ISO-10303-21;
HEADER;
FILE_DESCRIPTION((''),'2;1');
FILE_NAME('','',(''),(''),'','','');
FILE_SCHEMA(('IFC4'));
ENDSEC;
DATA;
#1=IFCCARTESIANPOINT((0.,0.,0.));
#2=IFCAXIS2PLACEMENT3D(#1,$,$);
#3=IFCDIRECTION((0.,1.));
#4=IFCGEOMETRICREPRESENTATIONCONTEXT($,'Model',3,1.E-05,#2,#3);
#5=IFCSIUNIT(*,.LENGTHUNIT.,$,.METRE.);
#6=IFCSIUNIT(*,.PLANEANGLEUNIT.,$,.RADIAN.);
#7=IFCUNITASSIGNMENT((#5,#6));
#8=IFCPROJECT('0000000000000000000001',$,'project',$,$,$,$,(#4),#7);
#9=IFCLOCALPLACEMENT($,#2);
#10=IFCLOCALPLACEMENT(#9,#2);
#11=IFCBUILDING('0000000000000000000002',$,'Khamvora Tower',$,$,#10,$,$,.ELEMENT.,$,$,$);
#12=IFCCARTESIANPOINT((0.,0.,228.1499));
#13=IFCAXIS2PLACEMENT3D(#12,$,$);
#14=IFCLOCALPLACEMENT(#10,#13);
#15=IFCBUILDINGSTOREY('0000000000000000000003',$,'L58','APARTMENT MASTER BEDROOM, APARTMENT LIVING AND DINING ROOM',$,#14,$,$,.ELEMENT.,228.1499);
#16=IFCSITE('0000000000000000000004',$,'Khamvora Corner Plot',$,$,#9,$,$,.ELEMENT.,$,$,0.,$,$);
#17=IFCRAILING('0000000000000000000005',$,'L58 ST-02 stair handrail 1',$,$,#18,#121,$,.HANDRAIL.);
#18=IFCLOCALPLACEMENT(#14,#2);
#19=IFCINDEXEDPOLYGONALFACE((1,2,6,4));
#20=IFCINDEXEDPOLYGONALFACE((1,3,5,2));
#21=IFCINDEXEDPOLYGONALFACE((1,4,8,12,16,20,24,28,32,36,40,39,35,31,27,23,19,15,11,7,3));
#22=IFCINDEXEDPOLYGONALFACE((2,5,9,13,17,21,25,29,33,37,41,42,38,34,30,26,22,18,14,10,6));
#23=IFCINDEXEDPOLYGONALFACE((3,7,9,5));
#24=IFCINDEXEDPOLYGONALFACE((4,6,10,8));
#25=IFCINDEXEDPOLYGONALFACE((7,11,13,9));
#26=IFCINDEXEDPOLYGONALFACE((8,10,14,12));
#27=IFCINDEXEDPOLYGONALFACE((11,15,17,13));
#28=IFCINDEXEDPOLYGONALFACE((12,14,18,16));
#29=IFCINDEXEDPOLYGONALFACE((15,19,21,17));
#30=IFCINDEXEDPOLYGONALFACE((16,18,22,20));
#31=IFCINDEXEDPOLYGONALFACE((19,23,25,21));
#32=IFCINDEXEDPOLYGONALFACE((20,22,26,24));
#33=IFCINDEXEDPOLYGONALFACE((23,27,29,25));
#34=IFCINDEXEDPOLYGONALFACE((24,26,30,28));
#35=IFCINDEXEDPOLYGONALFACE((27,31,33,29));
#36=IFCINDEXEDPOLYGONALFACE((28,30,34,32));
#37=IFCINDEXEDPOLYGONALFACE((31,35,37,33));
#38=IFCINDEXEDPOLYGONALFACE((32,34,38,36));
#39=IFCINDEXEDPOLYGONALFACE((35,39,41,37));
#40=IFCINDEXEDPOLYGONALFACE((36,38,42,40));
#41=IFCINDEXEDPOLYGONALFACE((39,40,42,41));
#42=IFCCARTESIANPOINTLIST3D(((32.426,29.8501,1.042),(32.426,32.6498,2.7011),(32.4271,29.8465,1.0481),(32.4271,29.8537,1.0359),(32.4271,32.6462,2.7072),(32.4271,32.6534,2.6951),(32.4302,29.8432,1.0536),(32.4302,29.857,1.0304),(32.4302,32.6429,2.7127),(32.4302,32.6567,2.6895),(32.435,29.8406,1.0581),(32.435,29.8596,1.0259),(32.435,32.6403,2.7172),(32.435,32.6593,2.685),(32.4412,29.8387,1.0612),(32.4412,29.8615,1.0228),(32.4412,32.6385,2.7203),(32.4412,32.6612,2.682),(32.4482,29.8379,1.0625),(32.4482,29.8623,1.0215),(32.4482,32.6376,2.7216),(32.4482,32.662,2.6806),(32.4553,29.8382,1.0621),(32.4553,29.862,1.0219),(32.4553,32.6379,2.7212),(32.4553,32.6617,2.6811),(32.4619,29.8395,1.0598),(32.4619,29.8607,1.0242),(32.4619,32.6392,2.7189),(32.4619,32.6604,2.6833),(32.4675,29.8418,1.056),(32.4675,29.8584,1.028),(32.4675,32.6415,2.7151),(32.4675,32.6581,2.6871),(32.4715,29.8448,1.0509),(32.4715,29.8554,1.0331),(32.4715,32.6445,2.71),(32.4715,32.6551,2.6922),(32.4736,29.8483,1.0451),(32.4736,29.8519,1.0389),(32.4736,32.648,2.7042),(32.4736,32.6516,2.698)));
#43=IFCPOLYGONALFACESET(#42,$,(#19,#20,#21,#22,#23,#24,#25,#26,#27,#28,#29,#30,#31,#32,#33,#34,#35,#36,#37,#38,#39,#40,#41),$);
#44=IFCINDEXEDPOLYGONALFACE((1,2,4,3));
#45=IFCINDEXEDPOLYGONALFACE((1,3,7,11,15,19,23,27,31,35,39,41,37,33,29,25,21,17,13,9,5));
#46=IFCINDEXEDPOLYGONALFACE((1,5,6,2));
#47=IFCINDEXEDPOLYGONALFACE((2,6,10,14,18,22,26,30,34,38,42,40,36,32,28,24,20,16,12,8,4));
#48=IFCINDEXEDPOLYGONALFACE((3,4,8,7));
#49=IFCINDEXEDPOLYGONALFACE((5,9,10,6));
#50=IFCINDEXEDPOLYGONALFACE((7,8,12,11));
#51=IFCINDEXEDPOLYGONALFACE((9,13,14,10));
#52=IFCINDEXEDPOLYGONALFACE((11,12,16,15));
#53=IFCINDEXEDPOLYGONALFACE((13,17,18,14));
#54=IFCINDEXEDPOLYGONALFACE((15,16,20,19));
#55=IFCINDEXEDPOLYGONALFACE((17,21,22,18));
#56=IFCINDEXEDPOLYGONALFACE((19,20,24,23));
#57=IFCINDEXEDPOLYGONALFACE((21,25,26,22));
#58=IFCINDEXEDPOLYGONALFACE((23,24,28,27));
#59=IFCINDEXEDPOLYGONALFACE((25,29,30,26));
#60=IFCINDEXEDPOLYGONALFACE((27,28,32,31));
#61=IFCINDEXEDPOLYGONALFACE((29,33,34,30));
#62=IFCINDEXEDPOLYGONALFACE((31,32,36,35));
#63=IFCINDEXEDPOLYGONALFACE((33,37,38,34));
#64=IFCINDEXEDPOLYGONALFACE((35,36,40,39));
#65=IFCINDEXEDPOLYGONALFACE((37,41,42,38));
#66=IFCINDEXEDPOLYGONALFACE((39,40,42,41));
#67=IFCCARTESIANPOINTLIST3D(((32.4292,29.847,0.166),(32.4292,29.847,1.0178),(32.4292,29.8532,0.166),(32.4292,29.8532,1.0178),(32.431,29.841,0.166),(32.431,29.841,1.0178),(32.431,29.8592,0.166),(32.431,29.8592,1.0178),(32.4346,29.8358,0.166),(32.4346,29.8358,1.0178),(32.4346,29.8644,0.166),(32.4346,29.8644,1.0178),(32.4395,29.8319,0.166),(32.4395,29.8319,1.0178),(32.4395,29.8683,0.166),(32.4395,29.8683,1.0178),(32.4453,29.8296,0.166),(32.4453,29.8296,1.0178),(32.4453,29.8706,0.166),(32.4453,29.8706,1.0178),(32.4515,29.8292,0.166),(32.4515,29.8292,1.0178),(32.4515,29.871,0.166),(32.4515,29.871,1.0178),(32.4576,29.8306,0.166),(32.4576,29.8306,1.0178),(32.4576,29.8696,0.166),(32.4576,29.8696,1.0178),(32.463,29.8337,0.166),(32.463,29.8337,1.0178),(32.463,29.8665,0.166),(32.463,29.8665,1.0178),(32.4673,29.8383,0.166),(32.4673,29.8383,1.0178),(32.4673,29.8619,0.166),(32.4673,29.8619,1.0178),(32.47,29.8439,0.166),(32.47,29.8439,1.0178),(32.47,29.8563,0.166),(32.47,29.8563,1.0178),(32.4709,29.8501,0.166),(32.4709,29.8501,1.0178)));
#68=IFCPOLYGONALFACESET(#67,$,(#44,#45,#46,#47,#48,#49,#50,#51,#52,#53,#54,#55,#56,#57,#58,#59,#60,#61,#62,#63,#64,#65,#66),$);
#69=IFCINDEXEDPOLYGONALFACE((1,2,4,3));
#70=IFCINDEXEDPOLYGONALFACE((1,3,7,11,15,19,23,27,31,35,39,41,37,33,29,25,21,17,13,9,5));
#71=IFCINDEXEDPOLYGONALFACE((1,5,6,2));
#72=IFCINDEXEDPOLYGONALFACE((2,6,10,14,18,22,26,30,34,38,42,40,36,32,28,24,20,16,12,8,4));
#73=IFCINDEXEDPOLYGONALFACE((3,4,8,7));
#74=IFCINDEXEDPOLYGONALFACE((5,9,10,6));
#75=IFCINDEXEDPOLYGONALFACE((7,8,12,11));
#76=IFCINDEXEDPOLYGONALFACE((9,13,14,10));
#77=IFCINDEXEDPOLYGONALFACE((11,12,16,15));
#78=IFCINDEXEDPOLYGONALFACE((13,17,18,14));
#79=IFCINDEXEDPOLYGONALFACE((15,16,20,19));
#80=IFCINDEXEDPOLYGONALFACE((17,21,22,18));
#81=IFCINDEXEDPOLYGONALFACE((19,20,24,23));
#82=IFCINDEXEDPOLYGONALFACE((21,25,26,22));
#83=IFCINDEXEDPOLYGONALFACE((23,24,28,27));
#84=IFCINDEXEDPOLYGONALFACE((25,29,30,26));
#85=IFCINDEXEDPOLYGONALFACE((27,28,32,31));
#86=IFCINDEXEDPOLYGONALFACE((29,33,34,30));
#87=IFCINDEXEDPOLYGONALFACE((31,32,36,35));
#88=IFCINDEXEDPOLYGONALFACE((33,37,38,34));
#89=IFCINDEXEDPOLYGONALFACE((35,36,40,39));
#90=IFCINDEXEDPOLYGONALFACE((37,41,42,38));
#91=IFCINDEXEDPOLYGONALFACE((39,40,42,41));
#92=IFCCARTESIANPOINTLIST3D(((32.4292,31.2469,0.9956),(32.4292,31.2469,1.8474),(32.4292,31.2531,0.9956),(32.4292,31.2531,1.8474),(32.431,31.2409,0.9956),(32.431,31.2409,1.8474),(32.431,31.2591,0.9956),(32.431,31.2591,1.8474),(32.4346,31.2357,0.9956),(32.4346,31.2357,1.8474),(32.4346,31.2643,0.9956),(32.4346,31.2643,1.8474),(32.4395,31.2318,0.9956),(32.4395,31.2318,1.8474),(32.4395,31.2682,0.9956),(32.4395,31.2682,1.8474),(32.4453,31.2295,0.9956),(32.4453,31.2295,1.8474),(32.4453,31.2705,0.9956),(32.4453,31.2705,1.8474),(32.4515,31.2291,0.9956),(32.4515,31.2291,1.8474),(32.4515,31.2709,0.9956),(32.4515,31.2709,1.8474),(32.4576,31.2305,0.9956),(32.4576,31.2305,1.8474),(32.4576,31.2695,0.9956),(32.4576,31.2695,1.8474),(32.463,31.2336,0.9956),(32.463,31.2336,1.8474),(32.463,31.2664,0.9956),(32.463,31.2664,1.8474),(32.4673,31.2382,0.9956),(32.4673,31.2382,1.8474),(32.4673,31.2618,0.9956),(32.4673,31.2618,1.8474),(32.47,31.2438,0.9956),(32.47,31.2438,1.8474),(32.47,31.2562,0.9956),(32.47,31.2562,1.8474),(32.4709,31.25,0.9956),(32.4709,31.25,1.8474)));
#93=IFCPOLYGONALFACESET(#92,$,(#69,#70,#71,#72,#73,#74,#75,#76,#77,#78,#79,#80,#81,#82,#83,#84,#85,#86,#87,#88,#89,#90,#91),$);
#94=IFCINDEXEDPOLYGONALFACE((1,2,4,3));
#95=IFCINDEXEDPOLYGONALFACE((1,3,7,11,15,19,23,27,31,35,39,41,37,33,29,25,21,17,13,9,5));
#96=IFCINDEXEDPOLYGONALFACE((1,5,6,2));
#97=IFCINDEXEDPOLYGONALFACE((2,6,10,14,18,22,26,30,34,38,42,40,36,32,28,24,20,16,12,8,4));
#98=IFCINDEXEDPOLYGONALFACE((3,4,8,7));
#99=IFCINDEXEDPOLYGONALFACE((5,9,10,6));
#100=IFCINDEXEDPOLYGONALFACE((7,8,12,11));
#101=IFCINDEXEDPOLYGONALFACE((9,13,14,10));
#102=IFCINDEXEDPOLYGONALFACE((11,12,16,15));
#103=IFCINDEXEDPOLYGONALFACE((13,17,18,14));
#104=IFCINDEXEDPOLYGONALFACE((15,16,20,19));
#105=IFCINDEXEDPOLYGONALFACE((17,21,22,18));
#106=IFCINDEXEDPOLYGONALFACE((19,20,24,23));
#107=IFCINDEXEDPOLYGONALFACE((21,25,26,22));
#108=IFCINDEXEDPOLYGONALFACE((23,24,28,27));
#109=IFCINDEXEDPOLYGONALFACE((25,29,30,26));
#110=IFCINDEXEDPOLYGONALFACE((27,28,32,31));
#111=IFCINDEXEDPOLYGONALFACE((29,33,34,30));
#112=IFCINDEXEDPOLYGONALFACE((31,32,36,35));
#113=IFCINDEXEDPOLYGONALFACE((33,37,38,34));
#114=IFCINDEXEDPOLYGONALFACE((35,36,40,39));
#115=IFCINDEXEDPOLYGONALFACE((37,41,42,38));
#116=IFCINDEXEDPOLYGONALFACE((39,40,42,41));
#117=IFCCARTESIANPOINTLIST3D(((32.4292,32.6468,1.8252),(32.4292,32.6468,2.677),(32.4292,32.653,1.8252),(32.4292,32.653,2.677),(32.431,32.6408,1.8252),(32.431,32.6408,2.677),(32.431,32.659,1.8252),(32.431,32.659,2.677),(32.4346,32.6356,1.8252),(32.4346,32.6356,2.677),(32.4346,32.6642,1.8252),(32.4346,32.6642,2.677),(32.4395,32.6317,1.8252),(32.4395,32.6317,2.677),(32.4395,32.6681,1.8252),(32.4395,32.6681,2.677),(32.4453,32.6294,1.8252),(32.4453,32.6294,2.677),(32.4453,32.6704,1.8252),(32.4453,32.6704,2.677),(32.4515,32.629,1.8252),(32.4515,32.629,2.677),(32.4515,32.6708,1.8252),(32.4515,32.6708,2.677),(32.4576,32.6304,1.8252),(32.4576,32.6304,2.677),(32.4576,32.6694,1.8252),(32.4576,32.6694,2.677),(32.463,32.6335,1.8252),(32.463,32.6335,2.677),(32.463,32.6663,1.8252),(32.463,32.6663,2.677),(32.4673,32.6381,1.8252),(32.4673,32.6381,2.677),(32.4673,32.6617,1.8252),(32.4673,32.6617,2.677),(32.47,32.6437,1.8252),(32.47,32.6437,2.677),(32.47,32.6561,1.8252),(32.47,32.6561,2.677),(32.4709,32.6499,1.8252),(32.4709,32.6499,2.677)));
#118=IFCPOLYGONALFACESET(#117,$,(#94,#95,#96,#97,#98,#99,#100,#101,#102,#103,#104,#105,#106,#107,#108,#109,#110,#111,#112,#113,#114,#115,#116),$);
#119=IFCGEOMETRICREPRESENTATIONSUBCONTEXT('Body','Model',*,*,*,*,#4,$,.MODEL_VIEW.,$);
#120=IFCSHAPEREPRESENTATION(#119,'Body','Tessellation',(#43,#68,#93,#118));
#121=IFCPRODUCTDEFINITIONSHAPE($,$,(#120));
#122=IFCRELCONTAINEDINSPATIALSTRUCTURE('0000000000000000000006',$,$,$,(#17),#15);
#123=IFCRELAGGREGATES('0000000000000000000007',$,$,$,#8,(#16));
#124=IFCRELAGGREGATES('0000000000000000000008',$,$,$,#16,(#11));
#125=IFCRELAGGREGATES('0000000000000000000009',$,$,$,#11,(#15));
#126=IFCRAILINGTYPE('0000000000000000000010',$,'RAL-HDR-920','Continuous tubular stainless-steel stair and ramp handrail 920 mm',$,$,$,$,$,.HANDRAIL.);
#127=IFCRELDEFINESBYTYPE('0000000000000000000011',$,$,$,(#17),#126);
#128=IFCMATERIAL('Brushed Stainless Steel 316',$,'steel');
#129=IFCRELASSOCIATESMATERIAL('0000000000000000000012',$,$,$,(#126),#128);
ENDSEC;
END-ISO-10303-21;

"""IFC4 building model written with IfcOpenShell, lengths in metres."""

from ifc_helpers import new_model, si_unit, direction, frame, origin, origin_2d, place, context, subcontext, project, spatial, circle, extrude, material, type_object, element, save


model = new_model("IFC4")

# Units and contexts
model_context = context("Model", 3, precision=1e-05, world=origin(), true_north=direction((0.0, 1.0)))
body_context = subcontext(model_context, "Body", "Model", "MODEL_VIEW")
ifc_project = project(units=[si_unit("LENGTHUNIT", "METRE"), si_unit("PLANEANGLEUNIT", "RADIAN")], contexts=[model_context])

# Site, building, storey
site_placement = place(None, origin())
site = spatial("IfcSite", under=ifc_project, at=site_placement, Name="Khamvora Corner Plot", CompositionType="ELEMENT", RefElevation=0.0)
building_placement = place(site_placement, origin())
building = spatial("IfcBuilding", under=site, at=building_placement, Name="Khamvora Tower", CompositionType="ELEMENT")
storey_placement = place(building_placement, frame((0.0, 0.0, 228.1499)))
storey = spatial("IfcBuildingStorey", under=building, at=storey_placement, Name="L58", Description="APARTMENT MASTER BEDROOM, APARTMENT LIVING AND DINING ROOM", CompositionType="ELEMENT", Elevation=228.1499)

# Railing
ifc_material_1 = material(Name="Brushed Stainless Steel 316", Category="steel")
railing_type_1 = type_object("IfcRailingType", Name="RAL-HDR-920", Description="Continuous tubular stainless-steel stair and ramp handrail 920 mm", PredefinedType="HANDRAIL", material=ifc_material_1)
railing_1_placement = place(storey_placement, frame((32.45, 29.8501, 0.166)))
element("IfcRailing", 1, at=railing_1_placement, inside=storey, type_object=railing_type_1, Name="L58 ST-02 stair handrail 1", PredefinedType="HANDRAIL", context=body_context, shape_type="SweptSolid", body=[
    extrude(circle(Radius=0.0239, at=origin_2d()), frame((0.0, 0.0, 0.876), z_axis=(0.0, 0.860287, 0.509811), x_axis=(-1.0, 0.0, 0.0)), (0.0, 0.0, 1.0), 3.2544),
    extrude(circle(Radius=0.021, at=origin_2d()), origin(), (0.0, 0.0, 1.0), 0.8518),
    extrude(circle(Radius=0.021, at=origin_2d()), frame((0.0, 1.3999, 0.8296)), (0.0, 0.0, 1.0), 0.8518),
    extrude(circle(Radius=0.021, at=origin_2d()), frame((0.0, 2.7998, 1.6592)), (0.0, 0.0, 1.0), 0.8518),
])

save(model, "model.ifc")
